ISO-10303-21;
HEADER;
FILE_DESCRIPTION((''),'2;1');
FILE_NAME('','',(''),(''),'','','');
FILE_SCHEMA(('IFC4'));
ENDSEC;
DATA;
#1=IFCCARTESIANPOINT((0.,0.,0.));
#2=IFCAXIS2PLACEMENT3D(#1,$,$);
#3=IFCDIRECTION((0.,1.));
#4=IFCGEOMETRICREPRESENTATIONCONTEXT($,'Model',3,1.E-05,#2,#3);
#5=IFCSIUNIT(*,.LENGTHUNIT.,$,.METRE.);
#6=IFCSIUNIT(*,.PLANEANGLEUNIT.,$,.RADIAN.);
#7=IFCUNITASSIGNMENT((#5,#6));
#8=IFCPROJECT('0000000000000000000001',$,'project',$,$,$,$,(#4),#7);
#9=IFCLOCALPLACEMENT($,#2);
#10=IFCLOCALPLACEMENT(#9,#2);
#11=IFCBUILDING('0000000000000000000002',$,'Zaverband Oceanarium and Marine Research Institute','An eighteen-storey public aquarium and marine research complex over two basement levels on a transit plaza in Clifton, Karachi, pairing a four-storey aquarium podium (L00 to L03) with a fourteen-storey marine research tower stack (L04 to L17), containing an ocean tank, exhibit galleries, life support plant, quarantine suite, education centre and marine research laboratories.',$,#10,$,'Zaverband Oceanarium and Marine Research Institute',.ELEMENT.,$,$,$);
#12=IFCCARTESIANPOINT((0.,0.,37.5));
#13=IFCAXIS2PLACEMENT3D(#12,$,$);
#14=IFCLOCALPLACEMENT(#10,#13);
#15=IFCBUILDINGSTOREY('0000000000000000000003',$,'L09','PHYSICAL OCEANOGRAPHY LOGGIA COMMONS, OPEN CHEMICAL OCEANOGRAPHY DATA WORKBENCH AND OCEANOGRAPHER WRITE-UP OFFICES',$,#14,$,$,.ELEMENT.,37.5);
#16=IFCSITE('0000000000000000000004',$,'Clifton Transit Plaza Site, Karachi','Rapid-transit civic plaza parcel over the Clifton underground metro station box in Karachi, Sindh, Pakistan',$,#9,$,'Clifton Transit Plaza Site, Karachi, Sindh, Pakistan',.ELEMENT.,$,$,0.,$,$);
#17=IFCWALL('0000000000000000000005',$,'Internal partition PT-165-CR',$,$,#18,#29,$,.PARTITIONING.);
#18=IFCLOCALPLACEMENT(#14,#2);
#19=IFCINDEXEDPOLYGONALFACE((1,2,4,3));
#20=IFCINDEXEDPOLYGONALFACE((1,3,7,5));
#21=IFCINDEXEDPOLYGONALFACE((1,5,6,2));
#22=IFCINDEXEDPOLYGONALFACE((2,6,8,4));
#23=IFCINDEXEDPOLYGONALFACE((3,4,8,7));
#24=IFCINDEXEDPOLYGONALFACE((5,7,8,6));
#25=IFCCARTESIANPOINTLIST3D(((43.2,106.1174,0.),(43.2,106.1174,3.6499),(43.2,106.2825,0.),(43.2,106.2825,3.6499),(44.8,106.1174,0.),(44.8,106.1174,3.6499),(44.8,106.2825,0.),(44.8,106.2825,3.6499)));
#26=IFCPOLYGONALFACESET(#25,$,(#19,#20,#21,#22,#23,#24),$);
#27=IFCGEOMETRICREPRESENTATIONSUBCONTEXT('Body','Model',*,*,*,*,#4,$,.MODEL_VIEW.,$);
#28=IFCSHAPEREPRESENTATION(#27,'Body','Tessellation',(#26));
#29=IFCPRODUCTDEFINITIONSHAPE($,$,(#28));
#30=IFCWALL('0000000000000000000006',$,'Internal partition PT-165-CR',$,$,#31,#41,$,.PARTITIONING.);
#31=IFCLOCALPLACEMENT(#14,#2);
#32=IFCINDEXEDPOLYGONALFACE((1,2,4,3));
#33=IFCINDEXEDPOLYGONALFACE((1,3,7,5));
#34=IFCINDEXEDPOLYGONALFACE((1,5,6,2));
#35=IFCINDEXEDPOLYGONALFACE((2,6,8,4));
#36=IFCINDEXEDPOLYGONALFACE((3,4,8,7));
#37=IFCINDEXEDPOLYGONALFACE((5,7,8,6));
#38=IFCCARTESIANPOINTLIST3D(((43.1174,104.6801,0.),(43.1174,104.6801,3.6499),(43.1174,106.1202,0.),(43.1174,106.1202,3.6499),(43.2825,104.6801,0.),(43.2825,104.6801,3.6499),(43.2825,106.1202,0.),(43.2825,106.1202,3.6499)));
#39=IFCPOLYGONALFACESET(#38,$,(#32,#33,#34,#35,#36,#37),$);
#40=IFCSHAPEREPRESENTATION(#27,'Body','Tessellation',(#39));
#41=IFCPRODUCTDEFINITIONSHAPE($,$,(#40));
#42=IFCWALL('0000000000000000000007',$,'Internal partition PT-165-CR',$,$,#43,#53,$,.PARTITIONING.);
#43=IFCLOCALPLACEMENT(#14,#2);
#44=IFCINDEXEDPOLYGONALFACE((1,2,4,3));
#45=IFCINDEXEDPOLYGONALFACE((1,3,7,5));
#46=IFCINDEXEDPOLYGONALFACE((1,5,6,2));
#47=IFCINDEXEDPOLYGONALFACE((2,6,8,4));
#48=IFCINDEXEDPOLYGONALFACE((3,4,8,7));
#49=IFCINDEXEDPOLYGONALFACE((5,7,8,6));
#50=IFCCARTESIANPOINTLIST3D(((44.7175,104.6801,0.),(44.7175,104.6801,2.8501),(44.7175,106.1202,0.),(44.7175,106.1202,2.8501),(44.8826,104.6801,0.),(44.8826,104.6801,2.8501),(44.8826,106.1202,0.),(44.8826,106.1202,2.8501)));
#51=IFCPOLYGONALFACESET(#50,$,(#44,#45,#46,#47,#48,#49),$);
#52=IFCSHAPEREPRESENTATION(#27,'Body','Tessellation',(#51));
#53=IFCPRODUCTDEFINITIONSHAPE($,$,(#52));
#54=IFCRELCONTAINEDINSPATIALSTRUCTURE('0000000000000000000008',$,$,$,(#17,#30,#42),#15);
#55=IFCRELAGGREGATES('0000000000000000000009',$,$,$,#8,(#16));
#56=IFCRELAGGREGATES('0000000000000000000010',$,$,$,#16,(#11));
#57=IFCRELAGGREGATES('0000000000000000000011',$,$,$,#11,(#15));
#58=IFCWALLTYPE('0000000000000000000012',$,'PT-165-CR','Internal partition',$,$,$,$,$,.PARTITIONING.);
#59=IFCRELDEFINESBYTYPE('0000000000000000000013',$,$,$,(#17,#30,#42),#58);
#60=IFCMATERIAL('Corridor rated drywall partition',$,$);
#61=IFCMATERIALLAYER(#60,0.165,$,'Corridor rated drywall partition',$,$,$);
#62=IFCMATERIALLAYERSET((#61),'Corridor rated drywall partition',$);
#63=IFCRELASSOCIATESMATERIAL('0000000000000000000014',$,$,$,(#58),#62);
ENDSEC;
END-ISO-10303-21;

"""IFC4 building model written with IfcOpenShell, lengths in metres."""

from ifc_helpers import new_model, si_unit, direction, frame, frame_2d, origin, place, context, subcontext, project, spatial, rectangle, extrude, material, layer, layer_set, type_object, element, save


model = new_model("IFC4")

# Units and contexts
model_context = context("Model", 3, precision=1e-05, world=origin(), true_north=direction((0.0, 1.0)))
body_context = subcontext(model_context, "Body", "Model", "MODEL_VIEW")
ifc_project = project(units=[si_unit("LENGTHUNIT", "METRE"), si_unit("PLANEANGLEUNIT", "RADIAN")], contexts=[model_context])

# Site, building, storey
site_placement = place(None, origin())
site = spatial("IfcSite", under=ifc_project, at=site_placement, Name="Clifton Transit Plaza Site, Karachi", Description="Rapid-transit civic plaza parcel over the Clifton underground metro station box in Karachi, Sindh, Pakistan", LongName="Clifton Transit Plaza Site, Karachi, Sindh, Pakistan", CompositionType="ELEMENT", RefElevation=0.0)
building_placement = place(site_placement, origin())
building = spatial("IfcBuilding", under=site, at=building_placement, Name="Zaverband Oceanarium and Marine Research Institute", Description="An eighteen-storey public aquarium and marine research complex over two basement levels on a transit plaza in Clifton, Karachi, pairing a four-storey aquarium podium (L00 to L03) with a fourteen-storey marine research tower stack (L04 to L17), containing an ocean tank, exhibit galleries, life support plant, quarantine suite, education centre and marine research laboratories.", LongName="Zaverband Oceanarium and Marine Research Institute", CompositionType="ELEMENT")
storey_placement = place(building_placement, frame((0.0, 0.0, 37.5)))
storey = spatial("IfcBuildingStorey", under=building, at=storey_placement, Name="L09", Description="PHYSICAL OCEANOGRAPHY LOGGIA COMMONS, OPEN CHEMICAL OCEANOGRAPHY DATA WORKBENCH AND OCEANOGRAPHER WRITE-UP OFFICES", CompositionType="ELEMENT", Elevation=37.5)

# Walls
ifc_material_1 = material(Name="Corridor rated drywall partition")
ifc_layer_1 = layer(ifc_material_1, 0.165, Name="Corridor rated drywall partition")
ifc_layer_set_1 = layer_set([ifc_layer_1], Name="Corridor rated drywall partition")
wall_type_1 = type_object("IfcWallType", Name="PT-165-CR", Description="Internal partition", PredefinedType="PARTITIONING", material=ifc_layer_set_1)
for number, where, z_axis, x_axis, name in (
    (1, (43.2, 106.2, 0.0), (0.0, 0.0, 1.0), (1.0, 0.0, 0.0), "Internal partition PT-165-CR"),
):
    element("IfcWall", number, at=place(storey_placement, frame(where, z_axis=z_axis, x_axis=x_axis)), inside=storey, type_object=wall_type_1, Name=name, PredefinedType="PARTITIONING", context=body_context, shape_type="SweptSolid", body=[
        extrude(rectangle(XDim=1.6001, YDim=0.165, at=frame_2d((0.8, 0.0))), origin(), (0.0, 0.0, 1.0), 3.6499),
    ])
wall_1_placement = place(storey_placement, frame((43.2, 104.6799, 0.0), z_axis=(0.0, 0.0, 1.0), x_axis=(0.0, 1.0, 0.0)))
element("IfcWall", 2, at=wall_1_placement, inside=storey, type_object=wall_type_1, Name="Internal partition PT-165-CR", PredefinedType="PARTITIONING", context=body_context, shape_type="SweptSolid", body=[
    extrude(rectangle(XDim=1.4402, YDim=0.165, at=frame_2d((0.7202, 0.0))), origin(), (0.0, 0.0, 1.0), 3.6499),
])
wall_2_placement = place(storey_placement, frame((44.8, 104.6799, 0.0), z_axis=(0.0, 0.0, 1.0), x_axis=(0.0, 1.0, 0.0)))
element("IfcWall", 3, at=wall_2_placement, inside=storey, type_object=wall_type_1, Name="Internal partition PT-165-CR", PredefinedType="PARTITIONING", context=body_context, shape_type="SweptSolid", body=[
    extrude(rectangle(XDim=1.4402, YDim=0.165, at=frame_2d((0.7202, 0.0))), origin(), (0.0, 0.0, 1.0), 2.8501),
])

save(model, "model.ifc")
